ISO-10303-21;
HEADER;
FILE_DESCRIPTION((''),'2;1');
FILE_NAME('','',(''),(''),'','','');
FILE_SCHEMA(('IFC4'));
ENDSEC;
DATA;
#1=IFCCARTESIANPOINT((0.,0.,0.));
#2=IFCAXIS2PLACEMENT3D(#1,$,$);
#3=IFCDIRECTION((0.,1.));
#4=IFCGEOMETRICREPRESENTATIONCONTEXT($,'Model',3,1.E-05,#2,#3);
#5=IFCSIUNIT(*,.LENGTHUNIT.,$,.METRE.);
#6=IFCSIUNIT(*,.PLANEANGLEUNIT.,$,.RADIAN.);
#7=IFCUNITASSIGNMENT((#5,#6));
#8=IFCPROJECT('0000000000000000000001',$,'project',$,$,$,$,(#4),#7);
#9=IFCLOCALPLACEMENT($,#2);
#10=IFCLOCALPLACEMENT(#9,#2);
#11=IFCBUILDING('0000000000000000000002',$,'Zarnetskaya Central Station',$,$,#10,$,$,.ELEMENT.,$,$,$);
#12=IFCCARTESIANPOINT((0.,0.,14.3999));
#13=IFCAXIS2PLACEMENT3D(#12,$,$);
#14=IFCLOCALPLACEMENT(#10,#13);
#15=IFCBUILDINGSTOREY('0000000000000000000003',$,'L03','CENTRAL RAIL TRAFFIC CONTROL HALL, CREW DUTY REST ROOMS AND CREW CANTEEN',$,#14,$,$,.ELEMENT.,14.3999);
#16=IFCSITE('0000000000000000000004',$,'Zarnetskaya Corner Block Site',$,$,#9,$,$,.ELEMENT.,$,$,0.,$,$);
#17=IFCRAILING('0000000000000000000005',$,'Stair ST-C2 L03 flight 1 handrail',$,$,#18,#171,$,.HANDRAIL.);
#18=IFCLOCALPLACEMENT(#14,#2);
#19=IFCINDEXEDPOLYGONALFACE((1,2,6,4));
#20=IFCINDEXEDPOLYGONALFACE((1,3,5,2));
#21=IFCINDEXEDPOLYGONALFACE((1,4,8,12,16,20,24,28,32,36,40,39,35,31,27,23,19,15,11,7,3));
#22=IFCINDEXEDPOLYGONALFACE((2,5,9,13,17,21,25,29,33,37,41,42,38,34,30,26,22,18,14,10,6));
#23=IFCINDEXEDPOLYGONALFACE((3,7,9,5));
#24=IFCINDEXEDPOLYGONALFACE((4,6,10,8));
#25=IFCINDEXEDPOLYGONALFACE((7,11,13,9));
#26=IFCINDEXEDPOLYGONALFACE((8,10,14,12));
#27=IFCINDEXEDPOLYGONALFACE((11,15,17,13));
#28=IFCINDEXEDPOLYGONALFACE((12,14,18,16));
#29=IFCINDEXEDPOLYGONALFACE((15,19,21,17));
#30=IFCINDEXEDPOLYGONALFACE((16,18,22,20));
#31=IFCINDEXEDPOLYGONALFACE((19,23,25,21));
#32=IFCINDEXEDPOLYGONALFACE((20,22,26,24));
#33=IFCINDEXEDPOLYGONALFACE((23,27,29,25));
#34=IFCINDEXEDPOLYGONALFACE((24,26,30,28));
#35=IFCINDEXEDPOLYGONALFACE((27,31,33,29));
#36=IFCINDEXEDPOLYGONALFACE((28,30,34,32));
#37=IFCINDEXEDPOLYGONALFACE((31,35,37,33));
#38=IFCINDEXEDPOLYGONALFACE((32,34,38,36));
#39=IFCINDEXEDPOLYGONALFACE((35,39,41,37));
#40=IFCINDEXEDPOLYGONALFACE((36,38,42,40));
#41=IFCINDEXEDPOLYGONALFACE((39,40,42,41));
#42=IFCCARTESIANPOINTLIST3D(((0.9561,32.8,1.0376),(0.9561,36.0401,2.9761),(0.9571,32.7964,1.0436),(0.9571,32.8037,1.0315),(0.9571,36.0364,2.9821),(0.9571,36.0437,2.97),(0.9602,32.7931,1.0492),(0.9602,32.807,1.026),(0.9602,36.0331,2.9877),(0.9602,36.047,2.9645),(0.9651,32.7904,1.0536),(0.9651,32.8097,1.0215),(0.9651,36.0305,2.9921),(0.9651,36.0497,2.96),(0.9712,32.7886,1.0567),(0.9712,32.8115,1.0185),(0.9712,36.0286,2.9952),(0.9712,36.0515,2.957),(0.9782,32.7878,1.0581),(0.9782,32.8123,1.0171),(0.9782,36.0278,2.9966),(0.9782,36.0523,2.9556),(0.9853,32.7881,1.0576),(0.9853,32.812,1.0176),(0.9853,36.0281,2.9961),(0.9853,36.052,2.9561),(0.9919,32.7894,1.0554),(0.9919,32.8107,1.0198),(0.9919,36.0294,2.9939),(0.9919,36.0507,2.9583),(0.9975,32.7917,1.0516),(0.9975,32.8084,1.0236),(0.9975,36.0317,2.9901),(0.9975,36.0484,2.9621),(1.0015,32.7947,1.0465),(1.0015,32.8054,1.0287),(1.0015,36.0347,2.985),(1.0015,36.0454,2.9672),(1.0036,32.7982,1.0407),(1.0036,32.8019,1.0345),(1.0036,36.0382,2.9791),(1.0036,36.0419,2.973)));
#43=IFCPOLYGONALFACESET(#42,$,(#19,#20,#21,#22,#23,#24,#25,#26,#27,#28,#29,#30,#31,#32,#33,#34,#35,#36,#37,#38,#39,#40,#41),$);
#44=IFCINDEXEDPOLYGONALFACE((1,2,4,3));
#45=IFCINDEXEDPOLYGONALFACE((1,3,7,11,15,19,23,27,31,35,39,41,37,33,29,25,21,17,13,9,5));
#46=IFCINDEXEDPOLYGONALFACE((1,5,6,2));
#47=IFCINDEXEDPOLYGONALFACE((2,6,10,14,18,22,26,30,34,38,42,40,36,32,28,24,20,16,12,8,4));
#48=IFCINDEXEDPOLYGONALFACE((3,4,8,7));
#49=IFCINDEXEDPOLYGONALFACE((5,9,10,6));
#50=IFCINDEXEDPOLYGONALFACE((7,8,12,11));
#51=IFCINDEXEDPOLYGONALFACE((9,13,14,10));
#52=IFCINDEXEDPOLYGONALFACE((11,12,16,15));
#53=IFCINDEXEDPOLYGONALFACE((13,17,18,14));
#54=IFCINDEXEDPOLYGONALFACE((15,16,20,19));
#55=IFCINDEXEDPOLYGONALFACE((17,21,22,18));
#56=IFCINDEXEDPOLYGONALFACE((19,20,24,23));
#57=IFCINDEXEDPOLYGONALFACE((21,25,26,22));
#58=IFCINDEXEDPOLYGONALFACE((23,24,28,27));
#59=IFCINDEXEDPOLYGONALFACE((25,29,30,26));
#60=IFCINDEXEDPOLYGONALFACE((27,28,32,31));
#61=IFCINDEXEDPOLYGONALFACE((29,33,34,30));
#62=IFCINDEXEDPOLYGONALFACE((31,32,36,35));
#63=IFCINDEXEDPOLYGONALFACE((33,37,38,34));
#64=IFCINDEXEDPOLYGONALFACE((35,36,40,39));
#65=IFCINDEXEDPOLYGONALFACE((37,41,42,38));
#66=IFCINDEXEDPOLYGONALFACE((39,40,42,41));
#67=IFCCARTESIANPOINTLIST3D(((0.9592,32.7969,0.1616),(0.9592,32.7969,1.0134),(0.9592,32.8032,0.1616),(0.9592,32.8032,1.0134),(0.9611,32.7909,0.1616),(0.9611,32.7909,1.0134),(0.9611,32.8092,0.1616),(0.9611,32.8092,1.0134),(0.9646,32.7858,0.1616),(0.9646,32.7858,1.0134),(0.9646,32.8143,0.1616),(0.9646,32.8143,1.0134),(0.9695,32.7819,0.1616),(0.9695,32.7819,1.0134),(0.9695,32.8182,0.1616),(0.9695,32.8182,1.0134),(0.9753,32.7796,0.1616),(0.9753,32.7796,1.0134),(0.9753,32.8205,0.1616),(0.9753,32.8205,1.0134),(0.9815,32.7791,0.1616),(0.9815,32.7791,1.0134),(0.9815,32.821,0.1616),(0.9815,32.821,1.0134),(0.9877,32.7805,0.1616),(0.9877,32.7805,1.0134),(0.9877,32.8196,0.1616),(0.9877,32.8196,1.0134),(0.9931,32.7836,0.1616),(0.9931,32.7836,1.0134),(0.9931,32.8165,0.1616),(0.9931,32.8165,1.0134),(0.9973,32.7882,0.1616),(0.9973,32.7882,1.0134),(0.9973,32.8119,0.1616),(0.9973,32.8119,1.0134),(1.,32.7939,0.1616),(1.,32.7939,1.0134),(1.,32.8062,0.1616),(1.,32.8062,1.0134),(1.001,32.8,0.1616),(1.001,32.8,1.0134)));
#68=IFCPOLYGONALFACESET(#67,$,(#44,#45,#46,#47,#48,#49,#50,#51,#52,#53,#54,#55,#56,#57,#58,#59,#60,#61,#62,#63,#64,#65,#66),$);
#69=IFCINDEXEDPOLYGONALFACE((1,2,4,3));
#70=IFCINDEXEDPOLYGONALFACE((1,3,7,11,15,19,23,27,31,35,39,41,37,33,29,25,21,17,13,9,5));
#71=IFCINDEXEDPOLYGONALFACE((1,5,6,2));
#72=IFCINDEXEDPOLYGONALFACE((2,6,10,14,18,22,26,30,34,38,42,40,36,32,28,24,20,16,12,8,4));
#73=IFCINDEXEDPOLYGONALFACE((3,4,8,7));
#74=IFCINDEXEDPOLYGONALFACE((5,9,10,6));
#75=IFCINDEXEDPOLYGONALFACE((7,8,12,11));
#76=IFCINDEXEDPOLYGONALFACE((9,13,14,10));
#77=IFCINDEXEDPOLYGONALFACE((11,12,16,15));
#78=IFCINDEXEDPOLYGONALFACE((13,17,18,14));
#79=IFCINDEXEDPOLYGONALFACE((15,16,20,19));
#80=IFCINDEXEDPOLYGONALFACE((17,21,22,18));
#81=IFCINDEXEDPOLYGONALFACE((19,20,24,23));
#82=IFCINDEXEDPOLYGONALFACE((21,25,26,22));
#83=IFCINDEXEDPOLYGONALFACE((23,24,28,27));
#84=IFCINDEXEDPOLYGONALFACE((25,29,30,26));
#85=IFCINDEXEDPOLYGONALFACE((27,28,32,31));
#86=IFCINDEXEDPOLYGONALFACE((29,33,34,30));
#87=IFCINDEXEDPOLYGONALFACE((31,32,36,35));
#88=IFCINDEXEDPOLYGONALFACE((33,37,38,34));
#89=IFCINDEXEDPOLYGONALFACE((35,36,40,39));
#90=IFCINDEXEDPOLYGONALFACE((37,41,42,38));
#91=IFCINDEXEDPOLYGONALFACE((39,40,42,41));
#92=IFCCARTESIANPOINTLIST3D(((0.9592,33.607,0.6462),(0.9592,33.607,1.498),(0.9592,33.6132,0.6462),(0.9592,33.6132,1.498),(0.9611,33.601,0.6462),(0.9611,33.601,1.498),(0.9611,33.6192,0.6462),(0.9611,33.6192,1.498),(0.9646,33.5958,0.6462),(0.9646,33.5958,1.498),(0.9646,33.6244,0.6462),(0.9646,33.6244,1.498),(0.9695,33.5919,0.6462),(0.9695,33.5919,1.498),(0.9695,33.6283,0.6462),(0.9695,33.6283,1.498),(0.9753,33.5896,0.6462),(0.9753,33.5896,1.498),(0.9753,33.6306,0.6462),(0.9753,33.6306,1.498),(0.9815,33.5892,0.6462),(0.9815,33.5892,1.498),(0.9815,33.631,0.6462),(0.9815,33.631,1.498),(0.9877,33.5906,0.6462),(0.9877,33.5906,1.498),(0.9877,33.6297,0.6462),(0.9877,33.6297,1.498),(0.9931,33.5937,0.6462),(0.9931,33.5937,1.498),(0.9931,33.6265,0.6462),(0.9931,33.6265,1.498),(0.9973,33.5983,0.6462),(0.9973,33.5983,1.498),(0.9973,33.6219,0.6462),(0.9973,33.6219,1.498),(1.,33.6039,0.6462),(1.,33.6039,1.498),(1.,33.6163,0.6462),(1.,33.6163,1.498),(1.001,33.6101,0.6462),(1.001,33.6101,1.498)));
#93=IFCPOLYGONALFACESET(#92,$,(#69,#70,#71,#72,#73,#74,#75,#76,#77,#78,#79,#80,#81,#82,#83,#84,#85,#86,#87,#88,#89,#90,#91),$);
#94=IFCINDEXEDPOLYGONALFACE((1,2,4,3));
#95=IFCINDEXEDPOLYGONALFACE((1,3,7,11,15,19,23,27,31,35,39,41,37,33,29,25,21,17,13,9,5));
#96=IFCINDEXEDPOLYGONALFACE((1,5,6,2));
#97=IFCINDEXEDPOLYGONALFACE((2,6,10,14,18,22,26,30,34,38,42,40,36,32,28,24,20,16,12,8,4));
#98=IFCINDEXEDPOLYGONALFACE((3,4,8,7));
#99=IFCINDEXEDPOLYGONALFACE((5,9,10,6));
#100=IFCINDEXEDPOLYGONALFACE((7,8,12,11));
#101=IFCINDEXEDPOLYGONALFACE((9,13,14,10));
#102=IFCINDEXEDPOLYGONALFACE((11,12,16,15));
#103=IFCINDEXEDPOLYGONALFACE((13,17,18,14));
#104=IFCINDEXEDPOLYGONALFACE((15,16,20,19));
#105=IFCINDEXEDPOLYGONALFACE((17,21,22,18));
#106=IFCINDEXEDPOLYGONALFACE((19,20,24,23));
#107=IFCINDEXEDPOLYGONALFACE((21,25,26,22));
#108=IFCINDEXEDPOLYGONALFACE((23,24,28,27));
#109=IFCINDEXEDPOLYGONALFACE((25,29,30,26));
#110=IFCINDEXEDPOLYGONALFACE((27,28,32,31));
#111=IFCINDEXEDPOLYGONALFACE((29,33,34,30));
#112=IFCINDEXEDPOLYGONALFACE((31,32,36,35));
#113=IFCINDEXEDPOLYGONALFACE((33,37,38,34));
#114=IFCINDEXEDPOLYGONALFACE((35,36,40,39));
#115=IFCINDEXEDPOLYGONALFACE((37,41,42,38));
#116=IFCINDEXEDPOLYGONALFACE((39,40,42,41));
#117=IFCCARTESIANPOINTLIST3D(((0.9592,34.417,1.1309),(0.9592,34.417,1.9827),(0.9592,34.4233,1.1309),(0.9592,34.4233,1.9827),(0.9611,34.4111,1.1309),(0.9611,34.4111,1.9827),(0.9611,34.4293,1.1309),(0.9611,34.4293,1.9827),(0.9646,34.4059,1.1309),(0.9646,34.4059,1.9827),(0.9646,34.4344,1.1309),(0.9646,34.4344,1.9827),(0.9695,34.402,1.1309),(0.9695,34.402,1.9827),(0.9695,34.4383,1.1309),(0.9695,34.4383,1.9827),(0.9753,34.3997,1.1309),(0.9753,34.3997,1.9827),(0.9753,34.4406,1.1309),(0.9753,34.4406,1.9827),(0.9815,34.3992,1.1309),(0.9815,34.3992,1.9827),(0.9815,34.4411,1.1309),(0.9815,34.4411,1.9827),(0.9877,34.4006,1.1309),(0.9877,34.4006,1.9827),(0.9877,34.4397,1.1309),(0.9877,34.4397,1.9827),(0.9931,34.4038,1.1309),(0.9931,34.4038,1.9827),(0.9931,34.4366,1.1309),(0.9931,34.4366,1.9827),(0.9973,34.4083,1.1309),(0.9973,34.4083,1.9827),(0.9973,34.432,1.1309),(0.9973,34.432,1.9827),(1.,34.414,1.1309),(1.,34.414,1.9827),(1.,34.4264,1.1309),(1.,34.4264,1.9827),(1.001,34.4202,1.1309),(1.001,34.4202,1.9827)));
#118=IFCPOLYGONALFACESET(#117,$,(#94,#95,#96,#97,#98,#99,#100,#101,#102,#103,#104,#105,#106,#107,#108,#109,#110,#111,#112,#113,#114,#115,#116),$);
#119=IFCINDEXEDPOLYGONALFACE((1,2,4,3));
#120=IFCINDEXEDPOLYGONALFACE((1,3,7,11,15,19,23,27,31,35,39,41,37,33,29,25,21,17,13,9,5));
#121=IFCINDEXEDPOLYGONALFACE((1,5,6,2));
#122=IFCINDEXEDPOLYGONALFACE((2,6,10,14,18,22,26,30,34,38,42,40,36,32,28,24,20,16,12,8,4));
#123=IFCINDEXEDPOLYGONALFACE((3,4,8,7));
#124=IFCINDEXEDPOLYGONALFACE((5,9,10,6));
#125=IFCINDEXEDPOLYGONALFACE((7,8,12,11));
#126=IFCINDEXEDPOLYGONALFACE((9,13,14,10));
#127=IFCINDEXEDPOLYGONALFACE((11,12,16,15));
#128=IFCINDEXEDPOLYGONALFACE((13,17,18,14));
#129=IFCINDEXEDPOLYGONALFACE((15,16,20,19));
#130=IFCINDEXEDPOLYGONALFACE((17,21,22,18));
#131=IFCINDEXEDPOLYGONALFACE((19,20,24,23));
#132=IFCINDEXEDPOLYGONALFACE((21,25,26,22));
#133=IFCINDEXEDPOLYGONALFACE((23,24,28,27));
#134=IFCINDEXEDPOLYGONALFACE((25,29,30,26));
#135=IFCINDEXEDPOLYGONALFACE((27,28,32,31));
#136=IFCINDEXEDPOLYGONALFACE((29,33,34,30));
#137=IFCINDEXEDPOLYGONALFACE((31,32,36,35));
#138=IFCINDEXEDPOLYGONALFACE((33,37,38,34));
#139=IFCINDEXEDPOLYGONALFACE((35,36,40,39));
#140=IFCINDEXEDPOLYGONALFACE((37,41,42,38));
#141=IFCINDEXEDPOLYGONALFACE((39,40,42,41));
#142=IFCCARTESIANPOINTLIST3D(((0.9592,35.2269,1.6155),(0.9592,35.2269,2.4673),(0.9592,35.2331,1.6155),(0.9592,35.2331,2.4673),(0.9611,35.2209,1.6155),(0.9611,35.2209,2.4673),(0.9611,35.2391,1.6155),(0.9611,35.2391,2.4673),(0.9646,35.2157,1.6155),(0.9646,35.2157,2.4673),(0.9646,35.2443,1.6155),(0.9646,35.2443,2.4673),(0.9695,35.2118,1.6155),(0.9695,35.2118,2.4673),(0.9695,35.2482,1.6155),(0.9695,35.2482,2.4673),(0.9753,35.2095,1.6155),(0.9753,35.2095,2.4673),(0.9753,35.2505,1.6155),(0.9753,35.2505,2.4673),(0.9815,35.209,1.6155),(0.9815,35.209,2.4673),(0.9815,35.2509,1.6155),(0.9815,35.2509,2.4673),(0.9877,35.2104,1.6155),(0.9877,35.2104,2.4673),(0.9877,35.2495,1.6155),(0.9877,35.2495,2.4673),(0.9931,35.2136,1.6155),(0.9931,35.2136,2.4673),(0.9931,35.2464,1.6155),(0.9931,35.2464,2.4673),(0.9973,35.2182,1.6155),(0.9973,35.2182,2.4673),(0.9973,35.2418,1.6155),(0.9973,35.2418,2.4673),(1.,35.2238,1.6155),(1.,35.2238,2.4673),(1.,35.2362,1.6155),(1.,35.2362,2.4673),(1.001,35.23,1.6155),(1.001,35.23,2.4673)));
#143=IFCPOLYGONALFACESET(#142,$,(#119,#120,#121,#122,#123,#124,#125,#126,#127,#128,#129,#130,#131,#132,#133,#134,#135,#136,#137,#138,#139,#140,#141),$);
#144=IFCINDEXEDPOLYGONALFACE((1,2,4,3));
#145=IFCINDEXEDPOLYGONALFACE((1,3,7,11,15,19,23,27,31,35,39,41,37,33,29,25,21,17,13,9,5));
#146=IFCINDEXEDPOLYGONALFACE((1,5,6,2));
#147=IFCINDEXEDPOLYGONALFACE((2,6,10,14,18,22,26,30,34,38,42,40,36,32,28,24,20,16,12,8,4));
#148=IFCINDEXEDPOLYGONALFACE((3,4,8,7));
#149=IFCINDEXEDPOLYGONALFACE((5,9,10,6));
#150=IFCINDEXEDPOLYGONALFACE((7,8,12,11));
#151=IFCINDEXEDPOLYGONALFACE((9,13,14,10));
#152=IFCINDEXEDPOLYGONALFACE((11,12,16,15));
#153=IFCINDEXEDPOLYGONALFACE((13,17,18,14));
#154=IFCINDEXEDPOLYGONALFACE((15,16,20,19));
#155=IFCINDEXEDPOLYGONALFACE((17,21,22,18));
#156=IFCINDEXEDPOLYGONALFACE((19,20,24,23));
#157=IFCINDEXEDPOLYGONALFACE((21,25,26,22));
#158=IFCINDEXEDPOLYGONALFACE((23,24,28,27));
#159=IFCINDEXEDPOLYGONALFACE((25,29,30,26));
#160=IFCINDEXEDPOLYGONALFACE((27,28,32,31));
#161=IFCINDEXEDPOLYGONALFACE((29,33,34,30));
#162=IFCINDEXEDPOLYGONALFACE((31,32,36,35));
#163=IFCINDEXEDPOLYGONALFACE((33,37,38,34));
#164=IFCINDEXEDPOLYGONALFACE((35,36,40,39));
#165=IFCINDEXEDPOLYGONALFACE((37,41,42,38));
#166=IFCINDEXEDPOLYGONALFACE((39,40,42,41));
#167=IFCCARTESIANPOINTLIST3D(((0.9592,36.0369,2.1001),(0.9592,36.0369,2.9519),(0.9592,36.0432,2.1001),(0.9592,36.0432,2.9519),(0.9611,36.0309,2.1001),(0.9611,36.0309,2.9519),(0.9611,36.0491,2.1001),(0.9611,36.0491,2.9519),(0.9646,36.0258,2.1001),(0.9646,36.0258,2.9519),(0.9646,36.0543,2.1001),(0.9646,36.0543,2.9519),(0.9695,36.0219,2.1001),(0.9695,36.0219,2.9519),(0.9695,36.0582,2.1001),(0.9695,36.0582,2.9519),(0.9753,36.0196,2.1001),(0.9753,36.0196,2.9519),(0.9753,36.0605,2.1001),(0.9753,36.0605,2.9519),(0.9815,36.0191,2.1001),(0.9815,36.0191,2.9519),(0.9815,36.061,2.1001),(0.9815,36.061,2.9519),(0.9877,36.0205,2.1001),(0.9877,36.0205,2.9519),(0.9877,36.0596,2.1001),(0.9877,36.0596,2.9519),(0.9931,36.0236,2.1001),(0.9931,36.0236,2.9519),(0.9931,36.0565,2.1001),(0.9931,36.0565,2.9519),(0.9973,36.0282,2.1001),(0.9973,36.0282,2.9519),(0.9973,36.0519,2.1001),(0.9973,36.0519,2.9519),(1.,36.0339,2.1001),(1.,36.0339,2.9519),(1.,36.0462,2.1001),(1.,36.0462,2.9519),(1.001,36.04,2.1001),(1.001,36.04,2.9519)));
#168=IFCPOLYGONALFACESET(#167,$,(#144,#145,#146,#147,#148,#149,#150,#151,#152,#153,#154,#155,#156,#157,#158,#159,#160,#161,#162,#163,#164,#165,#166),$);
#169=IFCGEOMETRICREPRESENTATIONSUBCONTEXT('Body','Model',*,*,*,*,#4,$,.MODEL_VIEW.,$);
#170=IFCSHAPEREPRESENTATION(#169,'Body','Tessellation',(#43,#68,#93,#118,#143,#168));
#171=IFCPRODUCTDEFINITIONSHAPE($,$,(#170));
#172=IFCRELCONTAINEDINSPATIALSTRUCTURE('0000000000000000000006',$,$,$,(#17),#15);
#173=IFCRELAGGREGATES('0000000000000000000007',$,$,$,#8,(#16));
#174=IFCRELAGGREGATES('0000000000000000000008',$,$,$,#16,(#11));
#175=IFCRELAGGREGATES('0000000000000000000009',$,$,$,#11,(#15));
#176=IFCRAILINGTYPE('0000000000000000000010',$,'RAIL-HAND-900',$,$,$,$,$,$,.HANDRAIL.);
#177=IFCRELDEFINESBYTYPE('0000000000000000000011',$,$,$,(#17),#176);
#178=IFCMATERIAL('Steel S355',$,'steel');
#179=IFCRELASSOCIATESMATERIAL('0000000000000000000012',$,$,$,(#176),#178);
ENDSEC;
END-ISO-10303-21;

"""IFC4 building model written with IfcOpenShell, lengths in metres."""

from ifc_helpers import new_model, si_unit, direction, frame, origin, origin_2d, place, context, subcontext, project, spatial, circle, extrude, material, type_object, element, save


model = new_model("IFC4")

# Units and contexts
model_context = context("Model", 3, precision=1e-05, world=origin(), true_north=direction((0.0, 1.0)))
body_context = subcontext(model_context, "Body", "Model", "MODEL_VIEW")
ifc_project = project(units=[si_unit("LENGTHUNIT", "METRE"), si_unit("PLANEANGLEUNIT", "RADIAN")], contexts=[model_context])

# Site, building, storey
site_placement = place(None, origin())
site = spatial("IfcSite", under=ifc_project, at=site_placement, Name="Zarnetskaya Corner Block Site", CompositionType="ELEMENT", RefElevation=0.0)
building_placement = place(site_placement, origin())
building = spatial("IfcBuilding", under=site, at=building_placement, Name="Zarnetskaya Central Station", CompositionType="ELEMENT")
storey_placement = place(building_placement, frame((0.0, 0.0, 14.3999)))
storey = spatial("IfcBuildingStorey", under=building, at=storey_placement, Name="L03", Description="CENTRAL RAIL TRAFFIC CONTROL HALL, CREW DUTY REST ROOMS AND CREW CANTEEN", CompositionType="ELEMENT", Elevation=14.3999)

# Shared definitions
ifc_material_1 = material(Name="Steel S355", Category="steel")

# Railing
railing_type_1 = type_object("IfcRailingType", Name="RAIL-HAND-900", PredefinedType="HANDRAIL", material=ifc_material_1)
railing_1_placement = place(storey_placement, frame((0.98, 32.8, 0.1616)))
element("IfcRailing", 1, at=railing_1_placement, inside=storey, type_object=railing_type_1, Name="Stair ST-C2 L03 flight 1 handrail", PredefinedType="HANDRAIL", context=body_context, shape_type="SweptSolid", body=[
    extrude(circle(Radius=0.0239, at=origin_2d()), frame((0.0, 0.0, 0.876), z_axis=(0.0, 0.858137, 0.513421), x_axis=(-1.0, 0.0, 0.0)), (0.0, 0.0, 1.0), 3.7756),
    extrude(circle(Radius=0.021, at=origin_2d()), origin(), (0.0, 0.0, 1.0), 0.8518),
    extrude(circle(Radius=0.021, at=origin_2d()), frame((0.0, 0.8101, 0.4846)), (0.0, 0.0, 1.0), 0.8518),
    extrude(circle(Radius=0.021, at=origin_2d()), frame((0.0, 1.6201, 0.9692)), (0.0, 0.0, 1.0), 0.8518),
    extrude(circle(Radius=0.021, at=origin_2d()), frame((0.0, 2.4299, 1.4539)), (0.0, 0.0, 1.0), 0.8518),
    extrude(circle(Radius=0.021, at=origin_2d()), frame((0.0, 3.24, 1.9385)), (0.0, 0.0, 1.0), 0.8518),
])

save(model, "model.ifc")
